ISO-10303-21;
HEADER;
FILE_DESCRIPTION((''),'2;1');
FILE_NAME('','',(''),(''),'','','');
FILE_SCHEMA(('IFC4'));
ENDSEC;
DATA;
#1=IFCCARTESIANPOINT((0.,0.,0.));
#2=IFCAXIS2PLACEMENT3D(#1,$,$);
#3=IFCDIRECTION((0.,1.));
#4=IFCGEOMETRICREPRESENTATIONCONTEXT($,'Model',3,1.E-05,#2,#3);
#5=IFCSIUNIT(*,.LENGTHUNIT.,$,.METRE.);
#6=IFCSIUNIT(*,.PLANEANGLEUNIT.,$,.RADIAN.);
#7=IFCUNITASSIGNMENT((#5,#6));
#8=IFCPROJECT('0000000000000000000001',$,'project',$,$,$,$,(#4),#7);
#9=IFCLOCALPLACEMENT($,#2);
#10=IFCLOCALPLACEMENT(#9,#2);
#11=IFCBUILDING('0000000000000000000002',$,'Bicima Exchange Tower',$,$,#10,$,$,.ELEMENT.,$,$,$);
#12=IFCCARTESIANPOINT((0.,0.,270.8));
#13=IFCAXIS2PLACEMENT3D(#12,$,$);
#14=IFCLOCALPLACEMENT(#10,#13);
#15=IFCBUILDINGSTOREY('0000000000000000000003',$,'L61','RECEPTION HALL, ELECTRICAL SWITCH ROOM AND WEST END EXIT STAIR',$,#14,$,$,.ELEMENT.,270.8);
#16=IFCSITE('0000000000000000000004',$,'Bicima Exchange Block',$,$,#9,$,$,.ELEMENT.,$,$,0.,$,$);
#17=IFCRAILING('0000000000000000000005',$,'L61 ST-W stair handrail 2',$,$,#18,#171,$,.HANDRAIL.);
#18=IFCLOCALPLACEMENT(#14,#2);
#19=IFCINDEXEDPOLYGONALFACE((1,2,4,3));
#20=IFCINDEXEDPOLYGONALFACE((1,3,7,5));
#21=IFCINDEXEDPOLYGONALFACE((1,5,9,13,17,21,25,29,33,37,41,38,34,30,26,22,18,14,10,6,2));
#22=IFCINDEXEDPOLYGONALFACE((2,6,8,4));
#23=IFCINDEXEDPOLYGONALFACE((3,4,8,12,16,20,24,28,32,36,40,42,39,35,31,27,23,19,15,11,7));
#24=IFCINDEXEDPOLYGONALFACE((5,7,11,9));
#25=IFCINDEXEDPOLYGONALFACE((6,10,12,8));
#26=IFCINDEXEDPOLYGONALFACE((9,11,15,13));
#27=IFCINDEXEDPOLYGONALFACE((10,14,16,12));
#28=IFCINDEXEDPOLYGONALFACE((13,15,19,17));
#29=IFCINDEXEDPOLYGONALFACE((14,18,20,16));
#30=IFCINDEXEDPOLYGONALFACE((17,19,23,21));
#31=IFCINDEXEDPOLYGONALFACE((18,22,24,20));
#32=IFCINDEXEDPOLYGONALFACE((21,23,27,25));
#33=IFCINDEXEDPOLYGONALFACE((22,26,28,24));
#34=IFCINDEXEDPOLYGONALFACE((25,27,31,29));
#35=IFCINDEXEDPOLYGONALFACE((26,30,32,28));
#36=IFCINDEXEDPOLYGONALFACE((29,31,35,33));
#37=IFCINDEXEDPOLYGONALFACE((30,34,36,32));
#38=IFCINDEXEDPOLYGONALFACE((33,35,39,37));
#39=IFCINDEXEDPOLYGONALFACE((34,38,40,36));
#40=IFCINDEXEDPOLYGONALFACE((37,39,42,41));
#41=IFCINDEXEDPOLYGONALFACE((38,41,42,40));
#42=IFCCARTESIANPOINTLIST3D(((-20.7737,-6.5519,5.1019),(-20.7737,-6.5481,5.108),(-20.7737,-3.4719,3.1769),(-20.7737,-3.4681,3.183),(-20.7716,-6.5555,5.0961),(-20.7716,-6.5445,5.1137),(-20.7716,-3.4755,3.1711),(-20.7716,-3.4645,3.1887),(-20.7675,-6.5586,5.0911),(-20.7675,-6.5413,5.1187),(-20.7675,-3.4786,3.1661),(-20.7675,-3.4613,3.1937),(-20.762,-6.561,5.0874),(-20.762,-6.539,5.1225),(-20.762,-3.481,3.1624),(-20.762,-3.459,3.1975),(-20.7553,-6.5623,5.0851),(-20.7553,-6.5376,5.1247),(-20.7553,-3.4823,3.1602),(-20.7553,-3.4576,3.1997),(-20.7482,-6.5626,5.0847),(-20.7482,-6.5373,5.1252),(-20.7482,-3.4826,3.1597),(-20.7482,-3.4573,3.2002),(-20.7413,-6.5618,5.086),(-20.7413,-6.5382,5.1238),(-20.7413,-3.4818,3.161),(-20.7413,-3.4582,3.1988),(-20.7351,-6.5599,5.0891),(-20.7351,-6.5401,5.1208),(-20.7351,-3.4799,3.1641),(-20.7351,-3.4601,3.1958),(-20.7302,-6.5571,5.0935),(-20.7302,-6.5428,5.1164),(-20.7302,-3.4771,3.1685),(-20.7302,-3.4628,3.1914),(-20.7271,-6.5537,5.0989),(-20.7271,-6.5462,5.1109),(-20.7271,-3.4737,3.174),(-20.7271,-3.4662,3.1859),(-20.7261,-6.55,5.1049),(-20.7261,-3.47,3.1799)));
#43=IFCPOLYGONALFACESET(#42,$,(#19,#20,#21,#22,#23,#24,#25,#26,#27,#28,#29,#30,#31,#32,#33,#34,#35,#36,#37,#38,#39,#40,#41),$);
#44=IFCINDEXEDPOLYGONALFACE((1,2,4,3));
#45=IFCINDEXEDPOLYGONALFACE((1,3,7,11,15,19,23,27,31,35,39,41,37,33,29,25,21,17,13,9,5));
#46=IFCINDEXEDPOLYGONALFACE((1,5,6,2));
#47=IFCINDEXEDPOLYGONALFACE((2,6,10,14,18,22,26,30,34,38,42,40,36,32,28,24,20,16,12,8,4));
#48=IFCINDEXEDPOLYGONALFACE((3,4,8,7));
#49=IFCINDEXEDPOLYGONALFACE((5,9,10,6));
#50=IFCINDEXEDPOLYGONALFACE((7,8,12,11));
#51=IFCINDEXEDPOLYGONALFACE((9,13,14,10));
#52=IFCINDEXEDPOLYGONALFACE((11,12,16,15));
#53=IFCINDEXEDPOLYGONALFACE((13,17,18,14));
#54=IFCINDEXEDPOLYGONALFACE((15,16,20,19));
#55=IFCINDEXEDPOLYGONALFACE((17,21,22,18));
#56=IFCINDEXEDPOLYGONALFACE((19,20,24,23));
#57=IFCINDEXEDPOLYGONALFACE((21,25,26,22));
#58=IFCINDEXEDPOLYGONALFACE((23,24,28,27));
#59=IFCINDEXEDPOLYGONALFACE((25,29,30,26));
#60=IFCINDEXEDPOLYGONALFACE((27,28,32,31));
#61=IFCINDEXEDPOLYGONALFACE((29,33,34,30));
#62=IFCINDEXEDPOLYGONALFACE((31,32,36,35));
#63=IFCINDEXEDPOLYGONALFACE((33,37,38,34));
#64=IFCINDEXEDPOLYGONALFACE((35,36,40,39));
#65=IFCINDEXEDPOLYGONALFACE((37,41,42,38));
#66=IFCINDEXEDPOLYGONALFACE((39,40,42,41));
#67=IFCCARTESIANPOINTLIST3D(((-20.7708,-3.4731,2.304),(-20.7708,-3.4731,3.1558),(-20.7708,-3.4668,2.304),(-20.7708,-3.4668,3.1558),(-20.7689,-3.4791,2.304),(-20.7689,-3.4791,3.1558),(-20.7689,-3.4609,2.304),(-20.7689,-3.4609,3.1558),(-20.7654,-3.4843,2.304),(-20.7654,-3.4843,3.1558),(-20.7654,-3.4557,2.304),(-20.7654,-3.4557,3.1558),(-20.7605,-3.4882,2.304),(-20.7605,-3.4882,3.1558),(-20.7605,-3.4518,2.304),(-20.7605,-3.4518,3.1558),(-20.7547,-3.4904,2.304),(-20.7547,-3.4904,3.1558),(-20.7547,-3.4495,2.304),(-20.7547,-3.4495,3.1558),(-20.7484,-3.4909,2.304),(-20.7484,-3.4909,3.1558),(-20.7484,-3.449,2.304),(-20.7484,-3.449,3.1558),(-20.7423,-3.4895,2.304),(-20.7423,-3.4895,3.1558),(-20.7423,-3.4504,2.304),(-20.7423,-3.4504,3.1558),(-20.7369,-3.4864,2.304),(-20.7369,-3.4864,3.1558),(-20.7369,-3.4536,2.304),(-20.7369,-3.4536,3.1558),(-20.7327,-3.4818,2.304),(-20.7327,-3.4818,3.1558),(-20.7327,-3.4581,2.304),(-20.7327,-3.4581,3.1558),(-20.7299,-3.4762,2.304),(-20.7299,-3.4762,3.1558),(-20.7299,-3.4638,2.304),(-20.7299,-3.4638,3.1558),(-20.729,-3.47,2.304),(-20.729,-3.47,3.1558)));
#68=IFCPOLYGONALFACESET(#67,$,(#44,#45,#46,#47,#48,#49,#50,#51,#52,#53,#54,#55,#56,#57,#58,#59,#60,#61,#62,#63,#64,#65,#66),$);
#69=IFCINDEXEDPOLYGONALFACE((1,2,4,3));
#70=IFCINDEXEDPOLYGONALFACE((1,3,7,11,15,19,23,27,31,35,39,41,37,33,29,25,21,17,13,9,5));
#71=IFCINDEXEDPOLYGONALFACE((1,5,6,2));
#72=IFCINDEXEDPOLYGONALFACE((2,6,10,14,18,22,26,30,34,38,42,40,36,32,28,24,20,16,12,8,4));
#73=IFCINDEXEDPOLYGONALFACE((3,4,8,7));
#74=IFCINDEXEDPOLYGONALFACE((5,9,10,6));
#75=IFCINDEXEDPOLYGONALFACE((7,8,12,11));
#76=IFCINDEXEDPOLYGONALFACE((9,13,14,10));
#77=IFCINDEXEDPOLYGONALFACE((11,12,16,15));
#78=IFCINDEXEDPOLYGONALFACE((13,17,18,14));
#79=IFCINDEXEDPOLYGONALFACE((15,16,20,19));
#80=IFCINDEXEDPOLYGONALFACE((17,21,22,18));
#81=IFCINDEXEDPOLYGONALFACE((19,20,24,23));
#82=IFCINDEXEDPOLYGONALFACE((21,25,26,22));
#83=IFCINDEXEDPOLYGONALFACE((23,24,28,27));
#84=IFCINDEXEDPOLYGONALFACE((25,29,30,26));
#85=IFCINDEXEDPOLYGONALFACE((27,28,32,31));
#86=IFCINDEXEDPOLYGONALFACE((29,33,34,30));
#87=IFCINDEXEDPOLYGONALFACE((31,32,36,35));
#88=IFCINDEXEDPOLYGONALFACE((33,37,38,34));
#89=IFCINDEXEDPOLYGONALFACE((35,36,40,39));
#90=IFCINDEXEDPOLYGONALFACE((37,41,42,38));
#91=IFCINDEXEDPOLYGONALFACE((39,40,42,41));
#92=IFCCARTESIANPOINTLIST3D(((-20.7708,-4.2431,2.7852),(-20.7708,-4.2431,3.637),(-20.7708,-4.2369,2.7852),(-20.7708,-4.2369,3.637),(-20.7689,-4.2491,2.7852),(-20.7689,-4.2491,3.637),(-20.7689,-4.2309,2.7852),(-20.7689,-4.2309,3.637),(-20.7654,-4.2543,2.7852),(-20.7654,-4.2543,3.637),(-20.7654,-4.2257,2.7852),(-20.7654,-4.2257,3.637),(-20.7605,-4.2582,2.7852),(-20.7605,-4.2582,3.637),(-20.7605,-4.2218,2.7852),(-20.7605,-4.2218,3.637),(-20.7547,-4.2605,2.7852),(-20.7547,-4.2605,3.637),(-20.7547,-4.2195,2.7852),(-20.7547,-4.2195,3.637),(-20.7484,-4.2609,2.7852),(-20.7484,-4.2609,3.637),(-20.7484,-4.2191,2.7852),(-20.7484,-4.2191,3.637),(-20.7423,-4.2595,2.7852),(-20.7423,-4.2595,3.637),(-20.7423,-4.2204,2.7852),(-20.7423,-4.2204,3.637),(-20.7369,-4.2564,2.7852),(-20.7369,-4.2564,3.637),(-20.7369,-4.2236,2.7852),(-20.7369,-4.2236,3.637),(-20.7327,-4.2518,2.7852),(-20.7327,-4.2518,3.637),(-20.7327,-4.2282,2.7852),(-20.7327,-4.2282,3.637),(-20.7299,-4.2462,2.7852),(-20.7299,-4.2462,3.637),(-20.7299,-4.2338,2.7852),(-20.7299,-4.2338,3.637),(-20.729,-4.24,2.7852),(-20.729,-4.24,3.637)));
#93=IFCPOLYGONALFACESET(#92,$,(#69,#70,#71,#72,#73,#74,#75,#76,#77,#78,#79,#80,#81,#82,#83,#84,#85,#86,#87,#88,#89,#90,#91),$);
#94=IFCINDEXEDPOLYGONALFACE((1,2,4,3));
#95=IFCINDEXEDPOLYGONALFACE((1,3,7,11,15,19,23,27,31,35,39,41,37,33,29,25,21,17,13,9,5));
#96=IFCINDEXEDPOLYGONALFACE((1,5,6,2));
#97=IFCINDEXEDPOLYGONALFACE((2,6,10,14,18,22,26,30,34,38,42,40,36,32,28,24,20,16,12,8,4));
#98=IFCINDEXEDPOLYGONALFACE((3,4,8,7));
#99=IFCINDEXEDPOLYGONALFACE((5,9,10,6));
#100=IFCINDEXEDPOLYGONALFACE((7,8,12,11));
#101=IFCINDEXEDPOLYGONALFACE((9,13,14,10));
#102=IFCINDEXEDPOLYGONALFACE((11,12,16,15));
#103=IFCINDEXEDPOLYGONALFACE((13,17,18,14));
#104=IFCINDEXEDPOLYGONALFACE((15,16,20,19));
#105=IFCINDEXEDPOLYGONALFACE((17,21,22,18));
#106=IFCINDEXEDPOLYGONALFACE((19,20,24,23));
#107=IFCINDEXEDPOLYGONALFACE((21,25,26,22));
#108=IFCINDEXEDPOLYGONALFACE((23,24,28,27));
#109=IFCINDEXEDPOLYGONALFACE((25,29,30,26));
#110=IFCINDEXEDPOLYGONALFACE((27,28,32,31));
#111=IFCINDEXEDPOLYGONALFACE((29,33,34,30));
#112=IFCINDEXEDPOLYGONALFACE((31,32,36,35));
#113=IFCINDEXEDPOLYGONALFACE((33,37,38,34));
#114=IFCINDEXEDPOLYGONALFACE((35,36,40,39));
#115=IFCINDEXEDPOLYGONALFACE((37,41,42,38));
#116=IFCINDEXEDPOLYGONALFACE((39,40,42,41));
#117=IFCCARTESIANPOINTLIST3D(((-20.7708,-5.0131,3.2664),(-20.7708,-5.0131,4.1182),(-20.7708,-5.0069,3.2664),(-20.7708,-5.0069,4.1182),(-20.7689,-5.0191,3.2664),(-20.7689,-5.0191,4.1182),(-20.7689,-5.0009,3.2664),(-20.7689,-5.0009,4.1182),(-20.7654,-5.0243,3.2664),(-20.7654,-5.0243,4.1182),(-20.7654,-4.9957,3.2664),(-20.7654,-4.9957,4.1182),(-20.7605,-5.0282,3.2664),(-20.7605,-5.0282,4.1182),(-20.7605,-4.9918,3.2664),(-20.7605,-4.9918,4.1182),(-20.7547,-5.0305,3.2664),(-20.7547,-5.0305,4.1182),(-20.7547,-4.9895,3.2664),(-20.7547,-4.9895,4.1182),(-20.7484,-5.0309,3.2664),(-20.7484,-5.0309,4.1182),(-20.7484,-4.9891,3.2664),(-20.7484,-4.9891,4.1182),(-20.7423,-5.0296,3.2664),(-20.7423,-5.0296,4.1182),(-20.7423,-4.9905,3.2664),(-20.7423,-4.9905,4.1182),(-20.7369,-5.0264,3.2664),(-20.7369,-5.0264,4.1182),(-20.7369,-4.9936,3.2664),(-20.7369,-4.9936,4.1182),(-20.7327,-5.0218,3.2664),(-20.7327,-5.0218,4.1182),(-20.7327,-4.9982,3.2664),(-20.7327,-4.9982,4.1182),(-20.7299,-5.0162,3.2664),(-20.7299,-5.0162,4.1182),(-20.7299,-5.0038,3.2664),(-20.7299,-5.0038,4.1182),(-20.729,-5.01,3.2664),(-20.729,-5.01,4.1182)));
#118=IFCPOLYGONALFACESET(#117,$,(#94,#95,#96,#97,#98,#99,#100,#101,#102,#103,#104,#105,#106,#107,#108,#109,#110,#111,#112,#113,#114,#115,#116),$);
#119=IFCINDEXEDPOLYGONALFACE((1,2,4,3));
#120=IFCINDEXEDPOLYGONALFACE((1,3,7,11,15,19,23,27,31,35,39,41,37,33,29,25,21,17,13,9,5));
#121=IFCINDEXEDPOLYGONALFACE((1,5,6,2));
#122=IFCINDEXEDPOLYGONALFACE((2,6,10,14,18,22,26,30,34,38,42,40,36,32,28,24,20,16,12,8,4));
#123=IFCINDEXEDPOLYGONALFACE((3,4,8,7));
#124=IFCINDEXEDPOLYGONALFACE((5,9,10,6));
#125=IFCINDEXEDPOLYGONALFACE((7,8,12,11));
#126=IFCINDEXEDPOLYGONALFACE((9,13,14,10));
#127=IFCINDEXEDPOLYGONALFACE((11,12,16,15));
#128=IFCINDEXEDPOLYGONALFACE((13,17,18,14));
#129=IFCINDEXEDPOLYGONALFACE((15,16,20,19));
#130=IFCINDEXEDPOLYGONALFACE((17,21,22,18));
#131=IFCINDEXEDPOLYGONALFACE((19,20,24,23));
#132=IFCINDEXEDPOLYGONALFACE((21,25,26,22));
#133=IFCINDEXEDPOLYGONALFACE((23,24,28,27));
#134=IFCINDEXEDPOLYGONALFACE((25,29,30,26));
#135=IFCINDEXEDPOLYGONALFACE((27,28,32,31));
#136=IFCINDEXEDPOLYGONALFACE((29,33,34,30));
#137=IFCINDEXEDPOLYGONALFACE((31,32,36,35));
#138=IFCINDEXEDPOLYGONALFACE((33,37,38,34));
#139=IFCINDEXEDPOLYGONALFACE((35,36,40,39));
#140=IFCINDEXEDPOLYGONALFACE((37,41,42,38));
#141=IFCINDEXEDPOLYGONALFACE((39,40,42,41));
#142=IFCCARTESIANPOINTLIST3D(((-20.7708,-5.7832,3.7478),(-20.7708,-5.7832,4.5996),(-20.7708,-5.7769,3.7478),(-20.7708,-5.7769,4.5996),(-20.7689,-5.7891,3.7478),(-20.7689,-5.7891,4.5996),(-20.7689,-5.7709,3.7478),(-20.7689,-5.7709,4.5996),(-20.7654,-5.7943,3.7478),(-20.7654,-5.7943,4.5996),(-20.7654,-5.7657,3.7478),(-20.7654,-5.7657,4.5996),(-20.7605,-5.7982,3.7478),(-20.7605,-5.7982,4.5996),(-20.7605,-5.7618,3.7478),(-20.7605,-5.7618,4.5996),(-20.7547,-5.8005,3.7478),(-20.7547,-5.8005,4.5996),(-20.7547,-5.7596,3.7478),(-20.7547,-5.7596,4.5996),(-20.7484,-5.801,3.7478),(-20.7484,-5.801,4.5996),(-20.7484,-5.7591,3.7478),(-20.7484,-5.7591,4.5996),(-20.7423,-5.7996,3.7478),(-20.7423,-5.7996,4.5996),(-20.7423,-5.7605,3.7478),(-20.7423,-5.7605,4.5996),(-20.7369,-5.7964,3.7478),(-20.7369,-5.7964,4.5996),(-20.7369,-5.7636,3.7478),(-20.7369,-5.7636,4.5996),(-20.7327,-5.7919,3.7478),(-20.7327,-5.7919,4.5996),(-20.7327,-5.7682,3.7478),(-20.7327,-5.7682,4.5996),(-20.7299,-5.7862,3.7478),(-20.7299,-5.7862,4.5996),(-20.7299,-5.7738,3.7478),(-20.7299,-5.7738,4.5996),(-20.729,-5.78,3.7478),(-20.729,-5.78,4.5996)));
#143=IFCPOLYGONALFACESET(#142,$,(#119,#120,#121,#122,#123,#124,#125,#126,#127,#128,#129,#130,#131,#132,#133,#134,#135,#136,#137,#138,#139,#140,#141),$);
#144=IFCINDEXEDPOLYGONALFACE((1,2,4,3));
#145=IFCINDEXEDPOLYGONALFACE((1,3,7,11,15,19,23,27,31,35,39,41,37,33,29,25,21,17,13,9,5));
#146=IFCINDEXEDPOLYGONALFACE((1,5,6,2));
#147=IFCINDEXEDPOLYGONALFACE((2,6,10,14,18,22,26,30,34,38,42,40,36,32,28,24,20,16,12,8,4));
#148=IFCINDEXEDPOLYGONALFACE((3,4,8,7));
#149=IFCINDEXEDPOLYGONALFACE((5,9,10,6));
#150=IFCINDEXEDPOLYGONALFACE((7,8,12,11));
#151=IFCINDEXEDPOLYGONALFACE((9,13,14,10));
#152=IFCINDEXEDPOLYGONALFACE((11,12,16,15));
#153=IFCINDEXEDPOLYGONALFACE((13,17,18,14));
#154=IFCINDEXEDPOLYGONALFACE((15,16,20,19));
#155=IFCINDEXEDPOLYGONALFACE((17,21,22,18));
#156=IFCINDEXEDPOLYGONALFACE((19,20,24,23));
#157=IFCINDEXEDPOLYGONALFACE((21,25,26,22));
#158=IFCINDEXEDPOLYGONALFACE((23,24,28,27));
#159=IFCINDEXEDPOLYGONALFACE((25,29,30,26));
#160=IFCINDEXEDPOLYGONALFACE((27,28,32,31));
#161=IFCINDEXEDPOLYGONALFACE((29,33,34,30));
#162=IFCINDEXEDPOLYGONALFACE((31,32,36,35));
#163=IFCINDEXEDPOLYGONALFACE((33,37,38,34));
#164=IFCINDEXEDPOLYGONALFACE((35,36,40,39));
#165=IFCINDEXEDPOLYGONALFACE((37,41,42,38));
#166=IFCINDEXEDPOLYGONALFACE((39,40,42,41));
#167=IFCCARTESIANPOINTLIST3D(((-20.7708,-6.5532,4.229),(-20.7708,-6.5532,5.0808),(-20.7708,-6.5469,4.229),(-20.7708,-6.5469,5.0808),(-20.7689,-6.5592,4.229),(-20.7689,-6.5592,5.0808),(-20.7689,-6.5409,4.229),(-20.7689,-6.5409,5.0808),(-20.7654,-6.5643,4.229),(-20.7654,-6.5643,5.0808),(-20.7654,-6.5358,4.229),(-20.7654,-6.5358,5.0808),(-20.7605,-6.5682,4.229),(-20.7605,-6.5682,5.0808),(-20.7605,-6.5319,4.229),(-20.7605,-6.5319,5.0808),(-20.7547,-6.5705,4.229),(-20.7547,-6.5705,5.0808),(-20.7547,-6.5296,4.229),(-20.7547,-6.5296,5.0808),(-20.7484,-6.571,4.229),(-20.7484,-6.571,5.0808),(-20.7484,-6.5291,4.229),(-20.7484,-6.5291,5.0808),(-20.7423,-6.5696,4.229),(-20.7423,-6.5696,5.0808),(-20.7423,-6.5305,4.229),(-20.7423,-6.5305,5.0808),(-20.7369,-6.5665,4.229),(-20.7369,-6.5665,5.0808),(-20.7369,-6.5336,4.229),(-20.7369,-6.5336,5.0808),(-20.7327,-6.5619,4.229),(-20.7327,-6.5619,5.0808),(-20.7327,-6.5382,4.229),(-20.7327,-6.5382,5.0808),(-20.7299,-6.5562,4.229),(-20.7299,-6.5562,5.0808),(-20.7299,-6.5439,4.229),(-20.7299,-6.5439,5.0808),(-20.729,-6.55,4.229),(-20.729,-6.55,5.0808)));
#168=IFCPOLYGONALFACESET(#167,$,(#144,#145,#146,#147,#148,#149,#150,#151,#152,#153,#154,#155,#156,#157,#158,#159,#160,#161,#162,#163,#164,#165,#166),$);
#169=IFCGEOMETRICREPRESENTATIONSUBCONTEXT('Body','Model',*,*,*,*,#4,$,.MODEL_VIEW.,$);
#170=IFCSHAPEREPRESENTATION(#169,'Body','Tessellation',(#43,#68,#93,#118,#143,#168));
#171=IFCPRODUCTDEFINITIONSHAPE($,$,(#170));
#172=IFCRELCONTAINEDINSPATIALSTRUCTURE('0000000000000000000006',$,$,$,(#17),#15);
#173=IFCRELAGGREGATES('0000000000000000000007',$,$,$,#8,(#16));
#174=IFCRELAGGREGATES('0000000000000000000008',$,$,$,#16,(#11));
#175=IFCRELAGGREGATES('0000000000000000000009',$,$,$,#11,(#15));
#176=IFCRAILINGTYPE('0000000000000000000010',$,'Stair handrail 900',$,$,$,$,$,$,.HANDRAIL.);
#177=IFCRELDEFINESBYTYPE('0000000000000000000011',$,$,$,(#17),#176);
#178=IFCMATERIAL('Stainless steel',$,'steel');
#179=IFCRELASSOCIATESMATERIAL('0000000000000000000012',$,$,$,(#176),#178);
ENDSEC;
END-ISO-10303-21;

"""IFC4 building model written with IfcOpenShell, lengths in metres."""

from ifc_helpers import new_model, si_unit, direction, frame, origin, origin_2d, place, context, subcontext, project, spatial, circle, extrude, material, type_object, element, save


model = new_model("IFC4")

# Units and contexts
model_context = context("Model", 3, precision=1e-05, world=origin(), true_north=direction((0.0, 1.0)))
body_context = subcontext(model_context, "Body", "Model", "MODEL_VIEW")
ifc_project = project(units=[si_unit("LENGTHUNIT", "METRE"), si_unit("PLANEANGLEUNIT", "RADIAN")], contexts=[model_context])

# Site, building, storey
site_placement = place(None, origin())
site = spatial("IfcSite", under=ifc_project, at=site_placement, Name="Bicima Exchange Block", CompositionType="ELEMENT", RefElevation=0.0)
building_placement = place(site_placement, origin())
building = spatial("IfcBuilding", under=site, at=building_placement, Name="Bicima Exchange Tower", CompositionType="ELEMENT")
storey_placement = place(building_placement, frame((0.0, 0.0, 270.8)))
storey = spatial("IfcBuildingStorey", under=building, at=storey_placement, Name="L61", Description="RECEPTION HALL, ELECTRICAL SWITCH ROOM AND WEST END EXIT STAIR", CompositionType="ELEMENT", Elevation=270.8)

# Shared definitions
ifc_material_1 = material(Name="Stainless steel", Category="steel")

# Railing
railing_type_1 = type_object("IfcRailingType", Name="Stair handrail 900", PredefinedType="HANDRAIL", material=ifc_material_1)
railing_1_placement = place(storey_placement, frame((-20.75, -3.47, 2.304)))
element("IfcRailing", 1, at=railing_1_placement, inside=storey, type_object=railing_type_1, Name="L61 ST-W stair handrail 2", PredefinedType="HANDRAIL", context=body_context, shape_type="SweptSolid", body=[
    extrude(circle(Radius=0.0239, at=origin_2d()), frame((0.0, 0.0, 0.876), z_axis=(0.0, -0.847998, 0.529999), x_axis=(1.0, 0.0, 0.0)), (0.0, 0.0, 1.0), 3.6321),
    extrude(circle(Radius=0.021, at=origin_2d()), origin(), (0.0, 0.0, 1.0), 0.8518),
    extrude(circle(Radius=0.021, at=origin_2d()), frame((0.0, -0.77, 0.4812)), (0.0, 0.0, 1.0), 0.8518),
    extrude(circle(Radius=0.021, at=origin_2d()), frame((0.0, -1.54, 0.9624)), (0.0, 0.0, 1.0), 0.8518),
    extrude(circle(Radius=0.021, at=origin_2d()), frame((0.0, -2.3101, 1.4438)), (0.0, 0.0, 1.0), 0.8518),
    extrude(circle(Radius=0.021, at=origin_2d()), frame((0.0, -3.0801, 1.925)), (0.0, 0.0, 1.0), 0.8518),
])

save(model, "model.ifc")
